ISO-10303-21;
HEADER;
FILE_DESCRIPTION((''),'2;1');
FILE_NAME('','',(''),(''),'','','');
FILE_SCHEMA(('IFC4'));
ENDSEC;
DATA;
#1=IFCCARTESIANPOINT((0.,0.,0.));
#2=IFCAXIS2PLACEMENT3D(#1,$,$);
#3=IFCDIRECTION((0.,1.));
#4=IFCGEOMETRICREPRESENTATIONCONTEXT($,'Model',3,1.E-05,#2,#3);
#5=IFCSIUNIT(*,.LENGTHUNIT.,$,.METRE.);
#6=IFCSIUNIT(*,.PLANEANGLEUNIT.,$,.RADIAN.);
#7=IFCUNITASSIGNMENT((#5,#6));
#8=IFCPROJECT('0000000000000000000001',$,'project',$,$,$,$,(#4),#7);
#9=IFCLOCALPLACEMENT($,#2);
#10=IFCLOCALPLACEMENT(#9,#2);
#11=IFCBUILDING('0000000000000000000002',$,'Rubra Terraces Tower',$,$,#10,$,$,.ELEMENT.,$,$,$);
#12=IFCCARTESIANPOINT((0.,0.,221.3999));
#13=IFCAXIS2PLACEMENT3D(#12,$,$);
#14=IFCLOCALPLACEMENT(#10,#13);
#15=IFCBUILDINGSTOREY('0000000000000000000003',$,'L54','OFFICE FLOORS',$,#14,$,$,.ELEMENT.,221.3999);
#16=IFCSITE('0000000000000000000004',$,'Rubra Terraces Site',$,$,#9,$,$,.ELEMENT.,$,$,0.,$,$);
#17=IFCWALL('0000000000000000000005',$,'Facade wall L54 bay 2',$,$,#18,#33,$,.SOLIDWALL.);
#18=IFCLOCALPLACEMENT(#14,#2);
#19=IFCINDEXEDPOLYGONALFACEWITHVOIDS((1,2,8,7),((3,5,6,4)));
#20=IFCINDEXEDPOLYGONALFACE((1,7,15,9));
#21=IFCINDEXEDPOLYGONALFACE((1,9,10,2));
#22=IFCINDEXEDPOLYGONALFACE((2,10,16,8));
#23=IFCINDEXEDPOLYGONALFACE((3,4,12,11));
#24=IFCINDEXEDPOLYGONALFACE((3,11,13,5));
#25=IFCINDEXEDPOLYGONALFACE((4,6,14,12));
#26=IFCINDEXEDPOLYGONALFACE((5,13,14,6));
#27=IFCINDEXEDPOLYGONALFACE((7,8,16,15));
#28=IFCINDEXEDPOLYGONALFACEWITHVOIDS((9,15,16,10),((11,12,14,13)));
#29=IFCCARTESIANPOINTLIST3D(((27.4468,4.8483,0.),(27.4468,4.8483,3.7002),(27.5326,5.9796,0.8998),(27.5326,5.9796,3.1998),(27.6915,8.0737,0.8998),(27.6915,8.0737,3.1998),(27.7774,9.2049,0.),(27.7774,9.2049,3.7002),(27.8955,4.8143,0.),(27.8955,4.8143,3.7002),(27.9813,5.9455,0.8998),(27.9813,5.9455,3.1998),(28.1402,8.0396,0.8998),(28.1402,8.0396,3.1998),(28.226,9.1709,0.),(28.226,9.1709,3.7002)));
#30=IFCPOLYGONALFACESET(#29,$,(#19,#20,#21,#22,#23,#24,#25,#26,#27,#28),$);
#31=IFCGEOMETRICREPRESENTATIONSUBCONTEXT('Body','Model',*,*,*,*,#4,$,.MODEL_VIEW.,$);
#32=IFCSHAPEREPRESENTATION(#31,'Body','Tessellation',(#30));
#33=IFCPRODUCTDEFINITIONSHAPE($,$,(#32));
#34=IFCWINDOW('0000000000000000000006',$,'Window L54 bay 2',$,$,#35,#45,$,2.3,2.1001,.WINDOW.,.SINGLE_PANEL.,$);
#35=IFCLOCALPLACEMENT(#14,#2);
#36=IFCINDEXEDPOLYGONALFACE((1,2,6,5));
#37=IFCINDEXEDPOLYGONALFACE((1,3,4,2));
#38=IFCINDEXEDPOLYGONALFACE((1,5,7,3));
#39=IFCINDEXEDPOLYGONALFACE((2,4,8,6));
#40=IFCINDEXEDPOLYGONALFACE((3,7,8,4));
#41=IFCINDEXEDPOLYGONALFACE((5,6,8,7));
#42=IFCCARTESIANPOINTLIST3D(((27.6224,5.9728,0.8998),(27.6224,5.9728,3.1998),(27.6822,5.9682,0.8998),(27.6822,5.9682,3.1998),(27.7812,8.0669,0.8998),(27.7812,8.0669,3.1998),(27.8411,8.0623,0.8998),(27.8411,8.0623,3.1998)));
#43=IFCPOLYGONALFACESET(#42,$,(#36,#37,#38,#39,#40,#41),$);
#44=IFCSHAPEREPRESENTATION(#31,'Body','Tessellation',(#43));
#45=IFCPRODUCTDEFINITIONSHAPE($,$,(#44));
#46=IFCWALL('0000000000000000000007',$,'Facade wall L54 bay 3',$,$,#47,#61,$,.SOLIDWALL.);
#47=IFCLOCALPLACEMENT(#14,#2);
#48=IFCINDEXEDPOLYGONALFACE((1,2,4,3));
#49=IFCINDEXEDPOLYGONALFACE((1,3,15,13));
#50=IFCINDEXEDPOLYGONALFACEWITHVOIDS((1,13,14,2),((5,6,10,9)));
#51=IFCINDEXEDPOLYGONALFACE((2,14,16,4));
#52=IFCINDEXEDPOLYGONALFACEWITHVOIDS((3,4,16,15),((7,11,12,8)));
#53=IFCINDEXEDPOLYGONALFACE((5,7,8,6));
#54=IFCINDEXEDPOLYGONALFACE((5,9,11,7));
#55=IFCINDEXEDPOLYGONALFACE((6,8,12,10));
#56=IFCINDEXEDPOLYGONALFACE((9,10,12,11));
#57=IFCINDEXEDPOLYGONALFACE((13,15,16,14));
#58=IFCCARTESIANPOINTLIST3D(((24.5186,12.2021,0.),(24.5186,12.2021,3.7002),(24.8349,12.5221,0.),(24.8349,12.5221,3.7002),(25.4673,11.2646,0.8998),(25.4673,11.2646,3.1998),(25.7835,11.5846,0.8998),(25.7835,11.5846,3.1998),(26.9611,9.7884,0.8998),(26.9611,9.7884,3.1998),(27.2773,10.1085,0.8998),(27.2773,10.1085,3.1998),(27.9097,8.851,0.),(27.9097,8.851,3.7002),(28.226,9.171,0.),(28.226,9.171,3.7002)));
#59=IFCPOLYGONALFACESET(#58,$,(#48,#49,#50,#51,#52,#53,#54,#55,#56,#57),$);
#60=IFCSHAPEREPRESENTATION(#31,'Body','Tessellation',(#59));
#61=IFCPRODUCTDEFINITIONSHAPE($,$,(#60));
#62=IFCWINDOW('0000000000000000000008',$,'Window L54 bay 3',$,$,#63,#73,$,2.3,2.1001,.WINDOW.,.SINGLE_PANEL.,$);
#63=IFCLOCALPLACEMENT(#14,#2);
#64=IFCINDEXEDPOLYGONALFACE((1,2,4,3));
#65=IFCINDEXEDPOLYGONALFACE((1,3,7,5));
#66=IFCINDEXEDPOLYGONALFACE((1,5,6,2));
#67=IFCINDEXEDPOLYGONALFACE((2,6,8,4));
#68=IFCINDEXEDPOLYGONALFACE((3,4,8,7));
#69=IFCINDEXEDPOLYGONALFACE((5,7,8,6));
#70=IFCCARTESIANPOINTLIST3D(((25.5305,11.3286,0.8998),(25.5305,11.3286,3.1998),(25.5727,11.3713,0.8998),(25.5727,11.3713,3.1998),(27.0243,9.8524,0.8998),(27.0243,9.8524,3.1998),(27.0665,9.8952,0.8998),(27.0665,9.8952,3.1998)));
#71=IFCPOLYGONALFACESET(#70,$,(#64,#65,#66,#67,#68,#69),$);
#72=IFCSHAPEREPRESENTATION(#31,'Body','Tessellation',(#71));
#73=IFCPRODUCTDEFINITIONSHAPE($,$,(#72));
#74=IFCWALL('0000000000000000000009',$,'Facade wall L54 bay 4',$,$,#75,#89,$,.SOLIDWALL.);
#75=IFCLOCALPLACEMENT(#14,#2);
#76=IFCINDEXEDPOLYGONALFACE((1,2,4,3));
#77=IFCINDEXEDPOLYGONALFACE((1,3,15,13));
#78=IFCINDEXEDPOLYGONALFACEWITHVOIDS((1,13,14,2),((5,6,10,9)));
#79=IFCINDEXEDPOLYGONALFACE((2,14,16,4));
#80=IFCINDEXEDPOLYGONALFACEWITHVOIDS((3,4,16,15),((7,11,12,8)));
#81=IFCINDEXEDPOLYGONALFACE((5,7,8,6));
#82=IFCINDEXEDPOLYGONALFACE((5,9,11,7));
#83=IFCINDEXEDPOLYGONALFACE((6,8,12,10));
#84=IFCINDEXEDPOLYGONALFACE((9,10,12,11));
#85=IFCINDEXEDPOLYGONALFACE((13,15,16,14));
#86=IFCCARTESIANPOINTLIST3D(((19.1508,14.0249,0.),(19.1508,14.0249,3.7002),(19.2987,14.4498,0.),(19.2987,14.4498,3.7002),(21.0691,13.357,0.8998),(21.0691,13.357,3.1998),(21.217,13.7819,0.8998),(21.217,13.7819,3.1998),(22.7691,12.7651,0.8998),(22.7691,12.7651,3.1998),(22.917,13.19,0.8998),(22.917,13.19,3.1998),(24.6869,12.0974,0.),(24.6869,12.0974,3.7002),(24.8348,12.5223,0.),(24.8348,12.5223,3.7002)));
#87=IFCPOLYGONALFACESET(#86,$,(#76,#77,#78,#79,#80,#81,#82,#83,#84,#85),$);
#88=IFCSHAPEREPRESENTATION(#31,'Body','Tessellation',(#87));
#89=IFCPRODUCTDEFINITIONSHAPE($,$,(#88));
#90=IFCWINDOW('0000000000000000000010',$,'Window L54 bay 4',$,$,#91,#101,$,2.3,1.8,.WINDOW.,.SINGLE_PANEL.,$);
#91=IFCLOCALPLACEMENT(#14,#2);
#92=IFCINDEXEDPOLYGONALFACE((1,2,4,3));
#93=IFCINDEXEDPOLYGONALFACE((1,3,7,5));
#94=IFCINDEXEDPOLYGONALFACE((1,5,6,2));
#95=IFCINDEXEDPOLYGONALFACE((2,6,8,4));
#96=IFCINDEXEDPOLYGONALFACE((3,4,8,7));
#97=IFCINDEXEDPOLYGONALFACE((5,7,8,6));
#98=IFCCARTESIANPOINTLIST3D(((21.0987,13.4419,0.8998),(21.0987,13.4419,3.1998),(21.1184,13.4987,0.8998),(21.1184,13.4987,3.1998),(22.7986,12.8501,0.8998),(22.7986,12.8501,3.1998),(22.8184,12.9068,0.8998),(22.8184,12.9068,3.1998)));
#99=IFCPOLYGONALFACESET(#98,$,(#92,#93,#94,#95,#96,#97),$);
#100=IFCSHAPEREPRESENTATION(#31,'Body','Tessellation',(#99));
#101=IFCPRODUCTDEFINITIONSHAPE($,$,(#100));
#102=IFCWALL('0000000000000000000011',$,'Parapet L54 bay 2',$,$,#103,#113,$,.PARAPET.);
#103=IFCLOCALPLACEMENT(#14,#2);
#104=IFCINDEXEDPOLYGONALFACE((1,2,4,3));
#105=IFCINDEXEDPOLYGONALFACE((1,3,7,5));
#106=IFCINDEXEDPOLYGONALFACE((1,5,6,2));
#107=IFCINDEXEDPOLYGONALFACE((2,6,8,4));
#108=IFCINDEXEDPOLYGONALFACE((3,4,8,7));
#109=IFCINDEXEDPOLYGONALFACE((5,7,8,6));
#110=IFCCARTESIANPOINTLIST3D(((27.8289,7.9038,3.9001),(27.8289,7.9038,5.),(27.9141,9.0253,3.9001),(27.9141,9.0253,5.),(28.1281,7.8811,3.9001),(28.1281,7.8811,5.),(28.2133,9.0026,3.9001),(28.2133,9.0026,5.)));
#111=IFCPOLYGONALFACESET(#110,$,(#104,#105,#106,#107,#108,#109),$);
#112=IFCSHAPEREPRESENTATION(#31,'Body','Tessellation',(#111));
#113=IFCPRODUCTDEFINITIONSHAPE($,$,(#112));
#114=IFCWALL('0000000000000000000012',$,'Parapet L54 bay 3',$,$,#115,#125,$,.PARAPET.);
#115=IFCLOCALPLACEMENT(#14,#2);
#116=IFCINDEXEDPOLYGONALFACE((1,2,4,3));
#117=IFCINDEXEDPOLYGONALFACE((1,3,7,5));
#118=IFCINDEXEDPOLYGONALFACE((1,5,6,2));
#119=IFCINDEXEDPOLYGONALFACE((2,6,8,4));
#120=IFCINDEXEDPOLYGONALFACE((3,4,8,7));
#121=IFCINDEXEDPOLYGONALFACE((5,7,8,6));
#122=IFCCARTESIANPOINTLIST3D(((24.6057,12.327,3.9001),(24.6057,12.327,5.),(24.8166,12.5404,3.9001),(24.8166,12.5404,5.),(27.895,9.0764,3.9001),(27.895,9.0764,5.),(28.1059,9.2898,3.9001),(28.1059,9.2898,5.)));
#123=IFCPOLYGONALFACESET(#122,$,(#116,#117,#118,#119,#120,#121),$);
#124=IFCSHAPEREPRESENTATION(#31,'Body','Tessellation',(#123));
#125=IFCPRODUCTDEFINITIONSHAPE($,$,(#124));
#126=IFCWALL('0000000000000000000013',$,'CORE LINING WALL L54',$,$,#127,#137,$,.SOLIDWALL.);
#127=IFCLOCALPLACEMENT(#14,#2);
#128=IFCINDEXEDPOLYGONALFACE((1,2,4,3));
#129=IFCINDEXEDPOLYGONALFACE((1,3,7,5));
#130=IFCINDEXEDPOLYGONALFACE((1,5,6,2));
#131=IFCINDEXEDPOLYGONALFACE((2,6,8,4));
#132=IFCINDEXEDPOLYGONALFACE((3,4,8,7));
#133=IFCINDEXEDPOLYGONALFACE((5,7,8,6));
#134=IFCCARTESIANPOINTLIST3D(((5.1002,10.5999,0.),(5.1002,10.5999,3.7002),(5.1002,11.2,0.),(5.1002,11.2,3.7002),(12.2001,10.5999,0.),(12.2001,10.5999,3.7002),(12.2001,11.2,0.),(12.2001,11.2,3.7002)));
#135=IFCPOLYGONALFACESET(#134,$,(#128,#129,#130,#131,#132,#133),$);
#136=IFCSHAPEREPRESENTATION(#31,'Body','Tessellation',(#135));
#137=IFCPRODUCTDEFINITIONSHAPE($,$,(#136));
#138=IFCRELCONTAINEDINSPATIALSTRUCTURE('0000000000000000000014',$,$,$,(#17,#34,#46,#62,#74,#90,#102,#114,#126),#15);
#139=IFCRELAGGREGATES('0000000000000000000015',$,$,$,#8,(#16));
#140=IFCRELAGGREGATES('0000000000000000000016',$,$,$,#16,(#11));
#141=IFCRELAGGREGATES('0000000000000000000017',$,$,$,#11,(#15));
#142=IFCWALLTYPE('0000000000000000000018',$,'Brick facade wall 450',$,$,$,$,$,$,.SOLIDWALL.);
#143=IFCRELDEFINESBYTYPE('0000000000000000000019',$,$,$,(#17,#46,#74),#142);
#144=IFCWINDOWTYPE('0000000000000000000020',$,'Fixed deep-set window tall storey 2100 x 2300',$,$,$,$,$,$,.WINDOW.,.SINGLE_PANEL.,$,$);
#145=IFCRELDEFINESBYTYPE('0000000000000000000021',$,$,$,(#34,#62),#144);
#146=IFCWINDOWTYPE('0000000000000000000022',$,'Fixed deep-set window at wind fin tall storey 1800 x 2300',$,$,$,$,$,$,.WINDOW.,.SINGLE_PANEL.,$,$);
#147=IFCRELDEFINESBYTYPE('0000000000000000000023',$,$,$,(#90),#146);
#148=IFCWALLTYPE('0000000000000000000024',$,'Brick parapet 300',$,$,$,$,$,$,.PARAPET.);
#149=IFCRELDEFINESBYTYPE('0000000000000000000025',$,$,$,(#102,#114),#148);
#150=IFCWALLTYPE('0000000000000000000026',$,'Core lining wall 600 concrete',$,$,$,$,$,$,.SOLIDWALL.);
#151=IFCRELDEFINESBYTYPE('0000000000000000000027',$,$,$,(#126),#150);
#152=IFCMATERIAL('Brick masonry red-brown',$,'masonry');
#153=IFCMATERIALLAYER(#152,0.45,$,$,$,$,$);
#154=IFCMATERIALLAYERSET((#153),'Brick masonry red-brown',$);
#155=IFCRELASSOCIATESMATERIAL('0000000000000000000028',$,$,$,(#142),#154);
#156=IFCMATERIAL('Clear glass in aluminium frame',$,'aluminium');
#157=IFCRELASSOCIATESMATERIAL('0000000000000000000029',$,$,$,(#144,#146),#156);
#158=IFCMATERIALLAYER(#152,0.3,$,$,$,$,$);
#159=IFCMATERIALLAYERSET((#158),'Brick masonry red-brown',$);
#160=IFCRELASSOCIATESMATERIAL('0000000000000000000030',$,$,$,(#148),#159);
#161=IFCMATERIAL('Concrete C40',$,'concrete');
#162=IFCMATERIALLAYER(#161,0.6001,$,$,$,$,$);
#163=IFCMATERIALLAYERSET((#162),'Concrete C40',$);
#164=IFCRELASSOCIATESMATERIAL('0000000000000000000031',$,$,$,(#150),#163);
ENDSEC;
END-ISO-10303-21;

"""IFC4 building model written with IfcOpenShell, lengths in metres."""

from ifc_helpers import new_model, si_unit, direction, frame, frame_2d, origin, place, context, subcontext, project, spatial, rectangle, extrude, material, layer, layer_set, type_object, element, fill, save


model = new_model("IFC4")

# Units and contexts
model_context = context("Model", 3, precision=1e-05, world=origin(), true_north=direction((0.0, 1.0)))
body_context = subcontext(model_context, "Body", "Model", "MODEL_VIEW")
ifc_project = project(units=[si_unit("LENGTHUNIT", "METRE"), si_unit("PLANEANGLEUNIT", "RADIAN")], contexts=[model_context])

# Site, building, storey
site_placement = place(None, origin())
site = spatial("IfcSite", under=ifc_project, at=site_placement, Name="Rubra Terraces Site", CompositionType="ELEMENT", RefElevation=0.0)
building_placement = place(site_placement, origin())
building = spatial("IfcBuilding", under=site, at=building_placement, Name="Rubra Terraces Tower", CompositionType="ELEMENT")
storey_placement = place(building_placement, frame((0.0, 0.0, 221.3999)))
storey = spatial("IfcBuildingStorey", under=building, at=storey_placement, Name="L54", Description="OFFICE FLOORS", CompositionType="ELEMENT", Elevation=221.3999)

# Walls, openings, windows
ifc_material_1 = material(Name="Brick masonry red-brown", Category="masonry")
ifc_layer_1 = layer(ifc_material_1, 0.45)
ifc_layer_set_1 = layer_set([ifc_layer_1], Name="Brick masonry red-brown")
wall_type_1 = type_object("IfcWallType", Name="Brick facade wall 450", PredefinedType="SOLIDWALL", material=ifc_layer_set_1)
wall_1_placement = place(storey_placement, frame((27.6711, 4.8313, 0.0), z_axis=(0.0, 0.0, 1.0), x_axis=(0.075658, 0.997134, 0.0)))
wall_1 = element("IfcWall", 1, at=wall_1_placement, inside=storey, type_object=wall_type_1, Name="Facade wall L54 bay 2", PredefinedType="SOLIDWALL", context=body_context, shape_type="SweptSolid", body=[
    extrude(rectangle(XDim=4.3691, YDim=0.45, at=frame_2d((2.1846, 0.0))), origin(), (0.0, 0.0, 1.0), 3.7002),
])
opening_1_placement = place(wall_1_placement, frame((1.1345, 0.0, 0.8999)))
opening_1 = element("IfcOpeningElement", 2, at=opening_1_placement, cuts=wall_1, PredefinedType="OPENING", context=body_context, shape_type="SweptSolid", body=[
    extrude(rectangle(XDim=2.1001, YDim=2.3, at=frame_2d((1.05, 1.1499))), frame((0.0, 0.2349, 0.0), z_axis=(0.0, -1.0, 0.0), x_axis=(1.0, 0.0, 0.0)), (0.0, 0.0, 1.0), 0.47),
])
ifc_material_2 = material(Name="Clear glass in aluminium frame", Category="aluminium")
window_type_1 = type_object("IfcWindowType", Name="Fixed deep-set window tall storey 2100 x 2300", PartitioningType="SINGLE_PANEL", PredefinedType="WINDOW", material=ifc_material_2)
window_1_placement = place(opening_1_placement, origin())
window_1 = element("IfcWindow", 3, at=window_1_placement, inside=storey, type_object=window_type_1, Name="Window L54 bay 2", OverallHeight=2.3, OverallWidth=2.1001, PartitioningType="SINGLE_PANEL", PredefinedType="WINDOW", context=body_context, shape_type="SweptSolid", body=[
    extrude(rectangle(XDim=2.1001, YDim=2.3, at=frame_2d((1.05, 1.1499))), frame((0.0, 0.135, 0.0), z_axis=(0.0, -1.0, 0.0), x_axis=(1.0, 0.0, 0.0)), (0.0, 0.0, 1.0), 0.0601),
])
fill(opening_1, window_1)
wall_2_placement = place(storey_placement, frame((28.0679, 9.011, 0.0), z_axis=(0.0, 0.0, 1.0), x_axis=(-0.711293, 0.702895, 0.0)))
wall_2 = element("IfcWall", 4, at=wall_2_placement, inside=storey, type_object=wall_type_1, Name="Facade wall L54 bay 3", PredefinedType="SOLIDWALL", context=body_context, shape_type="SweptSolid", body=[
    extrude(rectangle(XDim=4.7676, YDim=0.45, at=frame_2d((2.3838, 0.0))), origin(), (0.0, 0.0, 1.0), 3.7002),
])
opening_2_placement = place(wall_2_placement, frame((1.3337, 0.0, 0.8999)))
opening_2 = element("IfcOpeningElement", 5, at=opening_2_placement, cuts=wall_2, PredefinedType="OPENING", context=body_context, shape_type="SweptSolid", body=[
    extrude(rectangle(XDim=2.1001, YDim=2.3, at=frame_2d((1.05, 1.1499))), frame((0.0, 0.2349, 0.0), z_axis=(0.0, -1.0, 0.0), x_axis=(1.0, 0.0, 0.0)), (0.0, 0.0, 1.0), 0.47),
])
window_2_placement = place(opening_2_placement, origin())
window_2 = element("IfcWindow", 6, at=window_2_placement, inside=storey, type_object=window_type_1, Name="Window L54 bay 3", OverallHeight=2.3, OverallWidth=2.1001, PartitioningType="SINGLE_PANEL", PredefinedType="WINDOW", context=body_context, shape_type="SweptSolid", body=[
    extrude(rectangle(XDim=2.1001, YDim=2.3, at=frame_2d((1.05, 1.1499))), frame((0.0, 0.135, 0.0), z_axis=(0.0, -1.0, 0.0), x_axis=(1.0, 0.0, 0.0)), (0.0, 0.0, 1.0), 0.0601),
])
fill(opening_2, window_2)
wall_3_placement = place(storey_placement, frame((24.761, 12.3098, 0.0), z_axis=(0.0, 0.0, 1.0), x_axis=(-0.944397, 0.328807, 0.0)))
wall_3 = element("IfcWall", 7, at=wall_3_placement, inside=storey, type_object=wall_type_1, Name="Facade wall L54 bay 4", PredefinedType="SOLIDWALL", context=body_context, shape_type="SweptSolid", body=[
    extrude(rectangle(XDim=5.8621, YDim=0.45, at=frame_2d((2.9312, 0.0))), origin(), (0.0, 0.0, 1.0), 3.7002),
])
opening_3_placement = place(wall_3_placement, frame((2.031, 0.0, 0.8999)))
opening_3 = element("IfcOpeningElement", 8, at=opening_3_placement, cuts=wall_3, PredefinedType="OPENING", context=body_context, shape_type="SweptSolid", body=[
    extrude(rectangle(XDim=1.8, YDim=2.3, at=frame_2d((0.8999, 1.1499))), frame((0.0, 0.2349, 0.0), z_axis=(0.0, -1.0, 0.0), x_axis=(1.0, 0.0, 0.0)), (0.0, 0.0, 1.0), 0.47),
])
window_type_2 = type_object("IfcWindowType", Name="Fixed deep-set window at wind fin tall storey 1800 x 2300", PartitioningType="SINGLE_PANEL", PredefinedType="WINDOW", material=ifc_material_2)
window_3_placement = place(opening_3_placement, origin())
window_3 = element("IfcWindow", 9, at=window_3_placement, inside=storey, type_object=window_type_2, Name="Window L54 bay 4", OverallHeight=2.3, OverallWidth=1.8, PartitioningType="SINGLE_PANEL", PredefinedType="WINDOW", context=body_context, shape_type="SweptSolid", body=[
    extrude(rectangle(XDim=1.8, YDim=2.3, at=frame_2d((0.8999, 1.1499))), frame((0.0, 0.135, 0.0), z_axis=(0.0, -1.0, 0.0), x_axis=(1.0, 0.0, 0.0)), (0.0, 0.0, 1.0), 0.0601),
])
fill(opening_3, window_3)

# Walls
ifc_layer_2 = layer(ifc_material_1, 0.3)
ifc_layer_set_2 = layer_set([ifc_layer_2], Name="Brick masonry red-brown")
wall_type_2 = type_object("IfcWallType", Name="Brick parapet 300", PredefinedType="PARAPET", material=ifc_layer_set_2)
wall_4_placement = place(storey_placement, frame((27.9785, 7.8923, 3.9001), z_axis=(0.0, 0.0, 1.0), x_axis=(0.07575, 0.997127, 0.0)))
element("IfcWall", 10, at=wall_4_placement, inside=storey, type_object=wall_type_2, Name="Parapet L54 bay 2", PredefinedType="PARAPET", context=body_context, shape_type="SweptSolid", body=[
    extrude(rectangle(XDim=1.1248, YDim=0.3, at=frame_2d((0.5625, 0.0))), origin(), (0.0, 0.0, 1.0), 1.0999),
])
wall_5_placement = place(storey_placement, frame((28.0005, 9.1831, 3.9001), z_axis=(0.0, 0.0, 1.0), x_axis=(-0.711291, 0.702897, 0.0)))
element("IfcWall", 11, at=wall_5_placement, inside=storey, type_object=wall_type_2, Name="Parapet L54 bay 3", PredefinedType="PARAPET", context=body_context, shape_type="SweptSolid", body=[
    extrude(rectangle(XDim=4.6245, YDim=0.3, at=frame_2d((2.3123, 0.0))), origin(), (0.0, 0.0, 1.0), 1.0999),
])
ifc_material_3 = material(Name="Concrete C40", Category="concrete")
ifc_layer_3 = layer(ifc_material_3, 0.6001)
ifc_layer_set_3 = layer_set([ifc_layer_3], Name="Concrete C40")
wall_type_3 = type_object("IfcWallType", Name="Core lining wall 600 concrete", PredefinedType="SOLIDWALL", material=ifc_layer_set_3)
wall_6_placement = place(storey_placement, frame((12.2, 10.8999, 0.0), z_axis=(0.0, 0.0, 1.0), x_axis=(-1.0, 0.0, 0.0)))
element("IfcWall", 12, at=wall_6_placement, inside=storey, type_object=wall_type_3, Name="CORE LINING WALL L54", PredefinedType="SOLIDWALL", context=body_context, shape_type="SweptSolid", body=[
    extrude(rectangle(XDim=7.0999, YDim=0.6001, at=frame_2d((3.5498, 0.0))), origin(), (0.0, 0.0, 1.0), 3.7002),
])

save(model, "model.ifc")
